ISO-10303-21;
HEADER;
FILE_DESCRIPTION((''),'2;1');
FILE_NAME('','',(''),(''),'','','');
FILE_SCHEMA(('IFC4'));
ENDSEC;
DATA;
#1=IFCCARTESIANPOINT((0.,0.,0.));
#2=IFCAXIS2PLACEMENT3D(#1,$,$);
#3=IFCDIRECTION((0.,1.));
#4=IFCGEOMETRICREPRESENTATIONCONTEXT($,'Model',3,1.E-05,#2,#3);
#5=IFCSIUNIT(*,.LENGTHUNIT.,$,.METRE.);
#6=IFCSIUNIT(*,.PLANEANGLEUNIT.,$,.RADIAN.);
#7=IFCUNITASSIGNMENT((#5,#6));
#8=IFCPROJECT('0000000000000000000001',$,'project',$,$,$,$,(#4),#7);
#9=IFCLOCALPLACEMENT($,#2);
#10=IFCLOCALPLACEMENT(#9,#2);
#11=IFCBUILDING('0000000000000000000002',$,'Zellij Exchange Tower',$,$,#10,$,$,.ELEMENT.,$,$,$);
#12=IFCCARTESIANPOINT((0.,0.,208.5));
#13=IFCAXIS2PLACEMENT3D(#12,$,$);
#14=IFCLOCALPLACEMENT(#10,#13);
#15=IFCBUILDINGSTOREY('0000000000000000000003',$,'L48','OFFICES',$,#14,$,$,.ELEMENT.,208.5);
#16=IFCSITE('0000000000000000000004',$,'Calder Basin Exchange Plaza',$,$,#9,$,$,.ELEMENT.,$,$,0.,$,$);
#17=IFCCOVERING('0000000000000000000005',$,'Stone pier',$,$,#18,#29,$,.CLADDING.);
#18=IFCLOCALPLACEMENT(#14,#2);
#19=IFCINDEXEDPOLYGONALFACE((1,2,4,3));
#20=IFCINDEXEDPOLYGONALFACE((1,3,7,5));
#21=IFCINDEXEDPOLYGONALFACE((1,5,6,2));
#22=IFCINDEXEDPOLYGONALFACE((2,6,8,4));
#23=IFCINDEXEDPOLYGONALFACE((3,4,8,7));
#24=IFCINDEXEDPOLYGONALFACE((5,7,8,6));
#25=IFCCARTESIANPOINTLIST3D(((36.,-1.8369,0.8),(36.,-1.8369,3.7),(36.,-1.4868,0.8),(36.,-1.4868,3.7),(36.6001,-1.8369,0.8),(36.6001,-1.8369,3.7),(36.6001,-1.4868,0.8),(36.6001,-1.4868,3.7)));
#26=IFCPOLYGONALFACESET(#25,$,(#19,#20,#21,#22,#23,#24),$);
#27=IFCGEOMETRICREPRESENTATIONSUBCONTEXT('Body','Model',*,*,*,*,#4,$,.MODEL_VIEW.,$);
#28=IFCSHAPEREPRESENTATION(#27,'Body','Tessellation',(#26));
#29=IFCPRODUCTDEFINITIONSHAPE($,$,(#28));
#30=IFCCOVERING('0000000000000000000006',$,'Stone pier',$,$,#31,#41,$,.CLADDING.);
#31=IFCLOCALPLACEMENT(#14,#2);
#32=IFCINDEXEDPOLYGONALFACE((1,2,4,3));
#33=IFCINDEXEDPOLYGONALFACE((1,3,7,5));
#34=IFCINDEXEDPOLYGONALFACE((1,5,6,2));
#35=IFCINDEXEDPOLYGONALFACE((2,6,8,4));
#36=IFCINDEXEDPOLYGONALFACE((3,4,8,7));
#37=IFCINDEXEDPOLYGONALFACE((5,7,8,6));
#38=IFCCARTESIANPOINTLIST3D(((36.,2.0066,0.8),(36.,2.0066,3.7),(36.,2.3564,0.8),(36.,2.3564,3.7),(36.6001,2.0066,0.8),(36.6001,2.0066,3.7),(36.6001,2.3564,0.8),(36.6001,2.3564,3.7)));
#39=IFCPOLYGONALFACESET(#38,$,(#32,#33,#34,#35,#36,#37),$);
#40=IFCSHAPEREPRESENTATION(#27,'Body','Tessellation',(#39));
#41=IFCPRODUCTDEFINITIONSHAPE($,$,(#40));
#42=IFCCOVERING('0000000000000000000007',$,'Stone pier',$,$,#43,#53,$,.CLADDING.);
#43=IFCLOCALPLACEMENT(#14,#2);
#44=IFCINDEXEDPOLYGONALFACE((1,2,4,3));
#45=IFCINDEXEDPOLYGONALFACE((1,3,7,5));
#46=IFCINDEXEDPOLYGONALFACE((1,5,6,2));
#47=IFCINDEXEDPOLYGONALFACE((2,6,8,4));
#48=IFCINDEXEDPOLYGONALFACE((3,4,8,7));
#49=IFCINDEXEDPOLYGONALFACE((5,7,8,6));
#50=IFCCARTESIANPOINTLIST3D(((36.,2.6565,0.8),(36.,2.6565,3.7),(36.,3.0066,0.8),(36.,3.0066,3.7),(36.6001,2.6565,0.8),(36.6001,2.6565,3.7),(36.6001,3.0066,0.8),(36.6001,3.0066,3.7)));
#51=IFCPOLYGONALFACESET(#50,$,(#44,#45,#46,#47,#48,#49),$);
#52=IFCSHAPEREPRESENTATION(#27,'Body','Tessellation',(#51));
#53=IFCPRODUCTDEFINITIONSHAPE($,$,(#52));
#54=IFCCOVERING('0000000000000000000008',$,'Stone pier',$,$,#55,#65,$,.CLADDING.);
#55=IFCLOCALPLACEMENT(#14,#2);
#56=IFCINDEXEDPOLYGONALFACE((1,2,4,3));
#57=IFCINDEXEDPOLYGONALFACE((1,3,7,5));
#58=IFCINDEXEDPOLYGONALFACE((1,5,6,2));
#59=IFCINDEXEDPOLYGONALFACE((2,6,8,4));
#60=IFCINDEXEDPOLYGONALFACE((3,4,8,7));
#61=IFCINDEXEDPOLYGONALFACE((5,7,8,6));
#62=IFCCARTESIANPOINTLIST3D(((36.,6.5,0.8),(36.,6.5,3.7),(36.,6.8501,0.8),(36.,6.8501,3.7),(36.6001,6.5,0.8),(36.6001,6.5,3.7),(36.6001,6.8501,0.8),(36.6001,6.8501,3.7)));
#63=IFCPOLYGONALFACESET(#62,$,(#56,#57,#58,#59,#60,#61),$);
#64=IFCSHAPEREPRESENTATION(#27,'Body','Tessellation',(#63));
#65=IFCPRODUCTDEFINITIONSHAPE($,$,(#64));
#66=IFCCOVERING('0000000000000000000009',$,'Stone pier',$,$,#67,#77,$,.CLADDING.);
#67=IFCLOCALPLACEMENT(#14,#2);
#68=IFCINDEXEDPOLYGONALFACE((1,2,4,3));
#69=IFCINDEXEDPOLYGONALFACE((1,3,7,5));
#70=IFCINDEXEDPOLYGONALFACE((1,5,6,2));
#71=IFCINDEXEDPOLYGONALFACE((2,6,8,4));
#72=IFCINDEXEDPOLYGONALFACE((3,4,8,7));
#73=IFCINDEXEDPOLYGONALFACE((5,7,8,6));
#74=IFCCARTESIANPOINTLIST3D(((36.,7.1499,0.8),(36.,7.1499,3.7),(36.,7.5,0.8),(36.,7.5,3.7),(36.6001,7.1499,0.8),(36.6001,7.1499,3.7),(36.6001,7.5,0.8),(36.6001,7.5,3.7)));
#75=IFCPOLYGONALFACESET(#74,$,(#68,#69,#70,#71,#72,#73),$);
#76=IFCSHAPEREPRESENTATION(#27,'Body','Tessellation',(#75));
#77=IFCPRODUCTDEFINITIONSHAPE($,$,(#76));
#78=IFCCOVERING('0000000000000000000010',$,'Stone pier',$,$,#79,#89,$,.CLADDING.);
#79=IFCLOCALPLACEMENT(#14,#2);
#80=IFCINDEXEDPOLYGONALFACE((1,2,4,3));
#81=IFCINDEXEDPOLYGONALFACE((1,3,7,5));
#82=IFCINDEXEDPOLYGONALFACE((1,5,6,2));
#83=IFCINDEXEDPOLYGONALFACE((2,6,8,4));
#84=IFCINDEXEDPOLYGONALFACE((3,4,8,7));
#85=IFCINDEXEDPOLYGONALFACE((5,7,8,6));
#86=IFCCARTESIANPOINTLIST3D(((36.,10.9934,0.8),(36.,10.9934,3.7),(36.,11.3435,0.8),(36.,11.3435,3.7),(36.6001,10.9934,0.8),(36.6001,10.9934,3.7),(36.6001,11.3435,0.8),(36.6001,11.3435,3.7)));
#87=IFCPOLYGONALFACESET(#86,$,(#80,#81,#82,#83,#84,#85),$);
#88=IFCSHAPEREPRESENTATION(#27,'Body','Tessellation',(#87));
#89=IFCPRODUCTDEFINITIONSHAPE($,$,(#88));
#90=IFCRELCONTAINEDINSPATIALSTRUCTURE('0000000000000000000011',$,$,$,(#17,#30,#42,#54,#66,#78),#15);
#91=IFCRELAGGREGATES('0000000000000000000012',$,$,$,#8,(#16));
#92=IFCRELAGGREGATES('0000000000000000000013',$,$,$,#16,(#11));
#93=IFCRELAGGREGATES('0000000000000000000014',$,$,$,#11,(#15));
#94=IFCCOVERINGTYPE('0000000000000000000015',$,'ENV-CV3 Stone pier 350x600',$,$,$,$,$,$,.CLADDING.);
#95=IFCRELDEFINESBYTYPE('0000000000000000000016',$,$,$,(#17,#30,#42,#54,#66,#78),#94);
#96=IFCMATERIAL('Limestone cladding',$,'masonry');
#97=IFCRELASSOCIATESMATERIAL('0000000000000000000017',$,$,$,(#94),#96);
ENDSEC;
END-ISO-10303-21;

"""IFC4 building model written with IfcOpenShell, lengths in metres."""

from ifc_helpers import new_model, si_unit, direction, frame, origin, place, context, subcontext, project, spatial, polyline, outline, extrude, material, type_object, element, save


model = new_model("IFC4")

# Units and contexts
model_context = context("Model", 3, precision=1e-05, world=origin(), true_north=direction((0.0, 1.0)))
body_context = subcontext(model_context, "Body", "Model", "MODEL_VIEW")
ifc_project = project(units=[si_unit("LENGTHUNIT", "METRE"), si_unit("PLANEANGLEUNIT", "RADIAN")], contexts=[model_context])

# Site, building, storey
site_placement = place(None, origin())
site = spatial("IfcSite", under=ifc_project, at=site_placement, Name="Calder Basin Exchange Plaza", CompositionType="ELEMENT", RefElevation=0.0)
building_placement = place(site_placement, origin())
building = spatial("IfcBuilding", under=site, at=building_placement, Name="Zellij Exchange Tower", CompositionType="ELEMENT")
storey_placement = place(building_placement, frame((0.0, 0.0, 208.5)))
storey = spatial("IfcBuildingStorey", under=building, at=storey_placement, Name="L48", Description="OFFICES", CompositionType="ELEMENT", Elevation=208.5)

# Coverings
ifc_material_1 = material(Name="Limestone cladding", Category="masonry")
covering_type = type_object("IfcCoveringType", Name="ENV-CV3 Stone pier 350x600", PredefinedType="CLADDING", material=ifc_material_1)
covering_1_placement = place(storey_placement, frame((0.0, 0.0, 0.8)))
element("IfcCovering", 1, at=covering_1_placement, inside=storey, type_object=covering_type, Name="Stone pier", PredefinedType="CLADDING", context=body_context, shape_type="SweptSolid", body=[
    extrude(outline(polyline([(36.0, -1.8369), (36.0, -1.4868), (36.6001, -1.4868), (36.6001, -1.8369), (36.0, -1.8369)])), origin(), (0.0, 0.0, 1.0), 2.8999),
])
covering_2_placement = place(storey_placement, frame((0.0, 0.0, 0.8)))
element("IfcCovering", 2, at=covering_2_placement, inside=storey, type_object=covering_type, Name="Stone pier", PredefinedType="CLADDING", context=body_context, shape_type="SweptSolid", body=[
    extrude(outline(polyline([(36.0, 2.0066), (36.0, 2.3564), (36.6001, 2.3564), (36.6001, 2.0066), (36.0, 2.0066)])), origin(), (0.0, 0.0, 1.0), 2.8999),
])
covering_3_placement = place(storey_placement, frame((0.0, 0.0, 0.8)))
element("IfcCovering", 3, at=covering_3_placement, inside=storey, type_object=covering_type, Name="Stone pier", PredefinedType="CLADDING", context=body_context, shape_type="SweptSolid", body=[
    extrude(outline(polyline([(36.0, 2.6565), (36.0, 3.0066), (36.6001, 3.0066), (36.6001, 2.6565), (36.0, 2.6565)])), origin(), (0.0, 0.0, 1.0), 2.8999),
])
covering_4_placement = place(storey_placement, frame((0.0, 0.0, 0.8)))
element("IfcCovering", 4, at=covering_4_placement, inside=storey, type_object=covering_type, Name="Stone pier", PredefinedType="CLADDING", context=body_context, shape_type="SweptSolid", body=[
    extrude(outline(polyline([(36.0, 6.5), (36.0, 6.8501), (36.6001, 6.8501), (36.6001, 6.5), (36.0, 6.5)])), origin(), (0.0, 0.0, 1.0), 2.8999),
])
covering_5_placement = place(storey_placement, frame((0.0, 0.0, 0.8)))
element("IfcCovering", 5, at=covering_5_placement, inside=storey, type_object=covering_type, Name="Stone pier", PredefinedType="CLADDING", context=body_context, shape_type="SweptSolid", body=[
    extrude(outline(polyline([(36.0, 7.1499), (36.0, 7.5), (36.6001, 7.5), (36.6001, 7.1499), (36.0, 7.1499)])), origin(), (0.0, 0.0, 1.0), 2.8999),
])
covering_6_placement = place(storey_placement, frame((0.0, 0.0, 0.8)))
element("IfcCovering", 6, at=covering_6_placement, inside=storey, type_object=covering_type, Name="Stone pier", PredefinedType="CLADDING", context=body_context, shape_type="SweptSolid", body=[
    extrude(outline(polyline([(36.0, 10.9934), (36.0, 11.3435), (36.6001, 11.3435), (36.6001, 10.9934), (36.0, 10.9934)])), origin(), (0.0, 0.0, 1.0), 2.8999),
])

save(model, "model.ifc")
